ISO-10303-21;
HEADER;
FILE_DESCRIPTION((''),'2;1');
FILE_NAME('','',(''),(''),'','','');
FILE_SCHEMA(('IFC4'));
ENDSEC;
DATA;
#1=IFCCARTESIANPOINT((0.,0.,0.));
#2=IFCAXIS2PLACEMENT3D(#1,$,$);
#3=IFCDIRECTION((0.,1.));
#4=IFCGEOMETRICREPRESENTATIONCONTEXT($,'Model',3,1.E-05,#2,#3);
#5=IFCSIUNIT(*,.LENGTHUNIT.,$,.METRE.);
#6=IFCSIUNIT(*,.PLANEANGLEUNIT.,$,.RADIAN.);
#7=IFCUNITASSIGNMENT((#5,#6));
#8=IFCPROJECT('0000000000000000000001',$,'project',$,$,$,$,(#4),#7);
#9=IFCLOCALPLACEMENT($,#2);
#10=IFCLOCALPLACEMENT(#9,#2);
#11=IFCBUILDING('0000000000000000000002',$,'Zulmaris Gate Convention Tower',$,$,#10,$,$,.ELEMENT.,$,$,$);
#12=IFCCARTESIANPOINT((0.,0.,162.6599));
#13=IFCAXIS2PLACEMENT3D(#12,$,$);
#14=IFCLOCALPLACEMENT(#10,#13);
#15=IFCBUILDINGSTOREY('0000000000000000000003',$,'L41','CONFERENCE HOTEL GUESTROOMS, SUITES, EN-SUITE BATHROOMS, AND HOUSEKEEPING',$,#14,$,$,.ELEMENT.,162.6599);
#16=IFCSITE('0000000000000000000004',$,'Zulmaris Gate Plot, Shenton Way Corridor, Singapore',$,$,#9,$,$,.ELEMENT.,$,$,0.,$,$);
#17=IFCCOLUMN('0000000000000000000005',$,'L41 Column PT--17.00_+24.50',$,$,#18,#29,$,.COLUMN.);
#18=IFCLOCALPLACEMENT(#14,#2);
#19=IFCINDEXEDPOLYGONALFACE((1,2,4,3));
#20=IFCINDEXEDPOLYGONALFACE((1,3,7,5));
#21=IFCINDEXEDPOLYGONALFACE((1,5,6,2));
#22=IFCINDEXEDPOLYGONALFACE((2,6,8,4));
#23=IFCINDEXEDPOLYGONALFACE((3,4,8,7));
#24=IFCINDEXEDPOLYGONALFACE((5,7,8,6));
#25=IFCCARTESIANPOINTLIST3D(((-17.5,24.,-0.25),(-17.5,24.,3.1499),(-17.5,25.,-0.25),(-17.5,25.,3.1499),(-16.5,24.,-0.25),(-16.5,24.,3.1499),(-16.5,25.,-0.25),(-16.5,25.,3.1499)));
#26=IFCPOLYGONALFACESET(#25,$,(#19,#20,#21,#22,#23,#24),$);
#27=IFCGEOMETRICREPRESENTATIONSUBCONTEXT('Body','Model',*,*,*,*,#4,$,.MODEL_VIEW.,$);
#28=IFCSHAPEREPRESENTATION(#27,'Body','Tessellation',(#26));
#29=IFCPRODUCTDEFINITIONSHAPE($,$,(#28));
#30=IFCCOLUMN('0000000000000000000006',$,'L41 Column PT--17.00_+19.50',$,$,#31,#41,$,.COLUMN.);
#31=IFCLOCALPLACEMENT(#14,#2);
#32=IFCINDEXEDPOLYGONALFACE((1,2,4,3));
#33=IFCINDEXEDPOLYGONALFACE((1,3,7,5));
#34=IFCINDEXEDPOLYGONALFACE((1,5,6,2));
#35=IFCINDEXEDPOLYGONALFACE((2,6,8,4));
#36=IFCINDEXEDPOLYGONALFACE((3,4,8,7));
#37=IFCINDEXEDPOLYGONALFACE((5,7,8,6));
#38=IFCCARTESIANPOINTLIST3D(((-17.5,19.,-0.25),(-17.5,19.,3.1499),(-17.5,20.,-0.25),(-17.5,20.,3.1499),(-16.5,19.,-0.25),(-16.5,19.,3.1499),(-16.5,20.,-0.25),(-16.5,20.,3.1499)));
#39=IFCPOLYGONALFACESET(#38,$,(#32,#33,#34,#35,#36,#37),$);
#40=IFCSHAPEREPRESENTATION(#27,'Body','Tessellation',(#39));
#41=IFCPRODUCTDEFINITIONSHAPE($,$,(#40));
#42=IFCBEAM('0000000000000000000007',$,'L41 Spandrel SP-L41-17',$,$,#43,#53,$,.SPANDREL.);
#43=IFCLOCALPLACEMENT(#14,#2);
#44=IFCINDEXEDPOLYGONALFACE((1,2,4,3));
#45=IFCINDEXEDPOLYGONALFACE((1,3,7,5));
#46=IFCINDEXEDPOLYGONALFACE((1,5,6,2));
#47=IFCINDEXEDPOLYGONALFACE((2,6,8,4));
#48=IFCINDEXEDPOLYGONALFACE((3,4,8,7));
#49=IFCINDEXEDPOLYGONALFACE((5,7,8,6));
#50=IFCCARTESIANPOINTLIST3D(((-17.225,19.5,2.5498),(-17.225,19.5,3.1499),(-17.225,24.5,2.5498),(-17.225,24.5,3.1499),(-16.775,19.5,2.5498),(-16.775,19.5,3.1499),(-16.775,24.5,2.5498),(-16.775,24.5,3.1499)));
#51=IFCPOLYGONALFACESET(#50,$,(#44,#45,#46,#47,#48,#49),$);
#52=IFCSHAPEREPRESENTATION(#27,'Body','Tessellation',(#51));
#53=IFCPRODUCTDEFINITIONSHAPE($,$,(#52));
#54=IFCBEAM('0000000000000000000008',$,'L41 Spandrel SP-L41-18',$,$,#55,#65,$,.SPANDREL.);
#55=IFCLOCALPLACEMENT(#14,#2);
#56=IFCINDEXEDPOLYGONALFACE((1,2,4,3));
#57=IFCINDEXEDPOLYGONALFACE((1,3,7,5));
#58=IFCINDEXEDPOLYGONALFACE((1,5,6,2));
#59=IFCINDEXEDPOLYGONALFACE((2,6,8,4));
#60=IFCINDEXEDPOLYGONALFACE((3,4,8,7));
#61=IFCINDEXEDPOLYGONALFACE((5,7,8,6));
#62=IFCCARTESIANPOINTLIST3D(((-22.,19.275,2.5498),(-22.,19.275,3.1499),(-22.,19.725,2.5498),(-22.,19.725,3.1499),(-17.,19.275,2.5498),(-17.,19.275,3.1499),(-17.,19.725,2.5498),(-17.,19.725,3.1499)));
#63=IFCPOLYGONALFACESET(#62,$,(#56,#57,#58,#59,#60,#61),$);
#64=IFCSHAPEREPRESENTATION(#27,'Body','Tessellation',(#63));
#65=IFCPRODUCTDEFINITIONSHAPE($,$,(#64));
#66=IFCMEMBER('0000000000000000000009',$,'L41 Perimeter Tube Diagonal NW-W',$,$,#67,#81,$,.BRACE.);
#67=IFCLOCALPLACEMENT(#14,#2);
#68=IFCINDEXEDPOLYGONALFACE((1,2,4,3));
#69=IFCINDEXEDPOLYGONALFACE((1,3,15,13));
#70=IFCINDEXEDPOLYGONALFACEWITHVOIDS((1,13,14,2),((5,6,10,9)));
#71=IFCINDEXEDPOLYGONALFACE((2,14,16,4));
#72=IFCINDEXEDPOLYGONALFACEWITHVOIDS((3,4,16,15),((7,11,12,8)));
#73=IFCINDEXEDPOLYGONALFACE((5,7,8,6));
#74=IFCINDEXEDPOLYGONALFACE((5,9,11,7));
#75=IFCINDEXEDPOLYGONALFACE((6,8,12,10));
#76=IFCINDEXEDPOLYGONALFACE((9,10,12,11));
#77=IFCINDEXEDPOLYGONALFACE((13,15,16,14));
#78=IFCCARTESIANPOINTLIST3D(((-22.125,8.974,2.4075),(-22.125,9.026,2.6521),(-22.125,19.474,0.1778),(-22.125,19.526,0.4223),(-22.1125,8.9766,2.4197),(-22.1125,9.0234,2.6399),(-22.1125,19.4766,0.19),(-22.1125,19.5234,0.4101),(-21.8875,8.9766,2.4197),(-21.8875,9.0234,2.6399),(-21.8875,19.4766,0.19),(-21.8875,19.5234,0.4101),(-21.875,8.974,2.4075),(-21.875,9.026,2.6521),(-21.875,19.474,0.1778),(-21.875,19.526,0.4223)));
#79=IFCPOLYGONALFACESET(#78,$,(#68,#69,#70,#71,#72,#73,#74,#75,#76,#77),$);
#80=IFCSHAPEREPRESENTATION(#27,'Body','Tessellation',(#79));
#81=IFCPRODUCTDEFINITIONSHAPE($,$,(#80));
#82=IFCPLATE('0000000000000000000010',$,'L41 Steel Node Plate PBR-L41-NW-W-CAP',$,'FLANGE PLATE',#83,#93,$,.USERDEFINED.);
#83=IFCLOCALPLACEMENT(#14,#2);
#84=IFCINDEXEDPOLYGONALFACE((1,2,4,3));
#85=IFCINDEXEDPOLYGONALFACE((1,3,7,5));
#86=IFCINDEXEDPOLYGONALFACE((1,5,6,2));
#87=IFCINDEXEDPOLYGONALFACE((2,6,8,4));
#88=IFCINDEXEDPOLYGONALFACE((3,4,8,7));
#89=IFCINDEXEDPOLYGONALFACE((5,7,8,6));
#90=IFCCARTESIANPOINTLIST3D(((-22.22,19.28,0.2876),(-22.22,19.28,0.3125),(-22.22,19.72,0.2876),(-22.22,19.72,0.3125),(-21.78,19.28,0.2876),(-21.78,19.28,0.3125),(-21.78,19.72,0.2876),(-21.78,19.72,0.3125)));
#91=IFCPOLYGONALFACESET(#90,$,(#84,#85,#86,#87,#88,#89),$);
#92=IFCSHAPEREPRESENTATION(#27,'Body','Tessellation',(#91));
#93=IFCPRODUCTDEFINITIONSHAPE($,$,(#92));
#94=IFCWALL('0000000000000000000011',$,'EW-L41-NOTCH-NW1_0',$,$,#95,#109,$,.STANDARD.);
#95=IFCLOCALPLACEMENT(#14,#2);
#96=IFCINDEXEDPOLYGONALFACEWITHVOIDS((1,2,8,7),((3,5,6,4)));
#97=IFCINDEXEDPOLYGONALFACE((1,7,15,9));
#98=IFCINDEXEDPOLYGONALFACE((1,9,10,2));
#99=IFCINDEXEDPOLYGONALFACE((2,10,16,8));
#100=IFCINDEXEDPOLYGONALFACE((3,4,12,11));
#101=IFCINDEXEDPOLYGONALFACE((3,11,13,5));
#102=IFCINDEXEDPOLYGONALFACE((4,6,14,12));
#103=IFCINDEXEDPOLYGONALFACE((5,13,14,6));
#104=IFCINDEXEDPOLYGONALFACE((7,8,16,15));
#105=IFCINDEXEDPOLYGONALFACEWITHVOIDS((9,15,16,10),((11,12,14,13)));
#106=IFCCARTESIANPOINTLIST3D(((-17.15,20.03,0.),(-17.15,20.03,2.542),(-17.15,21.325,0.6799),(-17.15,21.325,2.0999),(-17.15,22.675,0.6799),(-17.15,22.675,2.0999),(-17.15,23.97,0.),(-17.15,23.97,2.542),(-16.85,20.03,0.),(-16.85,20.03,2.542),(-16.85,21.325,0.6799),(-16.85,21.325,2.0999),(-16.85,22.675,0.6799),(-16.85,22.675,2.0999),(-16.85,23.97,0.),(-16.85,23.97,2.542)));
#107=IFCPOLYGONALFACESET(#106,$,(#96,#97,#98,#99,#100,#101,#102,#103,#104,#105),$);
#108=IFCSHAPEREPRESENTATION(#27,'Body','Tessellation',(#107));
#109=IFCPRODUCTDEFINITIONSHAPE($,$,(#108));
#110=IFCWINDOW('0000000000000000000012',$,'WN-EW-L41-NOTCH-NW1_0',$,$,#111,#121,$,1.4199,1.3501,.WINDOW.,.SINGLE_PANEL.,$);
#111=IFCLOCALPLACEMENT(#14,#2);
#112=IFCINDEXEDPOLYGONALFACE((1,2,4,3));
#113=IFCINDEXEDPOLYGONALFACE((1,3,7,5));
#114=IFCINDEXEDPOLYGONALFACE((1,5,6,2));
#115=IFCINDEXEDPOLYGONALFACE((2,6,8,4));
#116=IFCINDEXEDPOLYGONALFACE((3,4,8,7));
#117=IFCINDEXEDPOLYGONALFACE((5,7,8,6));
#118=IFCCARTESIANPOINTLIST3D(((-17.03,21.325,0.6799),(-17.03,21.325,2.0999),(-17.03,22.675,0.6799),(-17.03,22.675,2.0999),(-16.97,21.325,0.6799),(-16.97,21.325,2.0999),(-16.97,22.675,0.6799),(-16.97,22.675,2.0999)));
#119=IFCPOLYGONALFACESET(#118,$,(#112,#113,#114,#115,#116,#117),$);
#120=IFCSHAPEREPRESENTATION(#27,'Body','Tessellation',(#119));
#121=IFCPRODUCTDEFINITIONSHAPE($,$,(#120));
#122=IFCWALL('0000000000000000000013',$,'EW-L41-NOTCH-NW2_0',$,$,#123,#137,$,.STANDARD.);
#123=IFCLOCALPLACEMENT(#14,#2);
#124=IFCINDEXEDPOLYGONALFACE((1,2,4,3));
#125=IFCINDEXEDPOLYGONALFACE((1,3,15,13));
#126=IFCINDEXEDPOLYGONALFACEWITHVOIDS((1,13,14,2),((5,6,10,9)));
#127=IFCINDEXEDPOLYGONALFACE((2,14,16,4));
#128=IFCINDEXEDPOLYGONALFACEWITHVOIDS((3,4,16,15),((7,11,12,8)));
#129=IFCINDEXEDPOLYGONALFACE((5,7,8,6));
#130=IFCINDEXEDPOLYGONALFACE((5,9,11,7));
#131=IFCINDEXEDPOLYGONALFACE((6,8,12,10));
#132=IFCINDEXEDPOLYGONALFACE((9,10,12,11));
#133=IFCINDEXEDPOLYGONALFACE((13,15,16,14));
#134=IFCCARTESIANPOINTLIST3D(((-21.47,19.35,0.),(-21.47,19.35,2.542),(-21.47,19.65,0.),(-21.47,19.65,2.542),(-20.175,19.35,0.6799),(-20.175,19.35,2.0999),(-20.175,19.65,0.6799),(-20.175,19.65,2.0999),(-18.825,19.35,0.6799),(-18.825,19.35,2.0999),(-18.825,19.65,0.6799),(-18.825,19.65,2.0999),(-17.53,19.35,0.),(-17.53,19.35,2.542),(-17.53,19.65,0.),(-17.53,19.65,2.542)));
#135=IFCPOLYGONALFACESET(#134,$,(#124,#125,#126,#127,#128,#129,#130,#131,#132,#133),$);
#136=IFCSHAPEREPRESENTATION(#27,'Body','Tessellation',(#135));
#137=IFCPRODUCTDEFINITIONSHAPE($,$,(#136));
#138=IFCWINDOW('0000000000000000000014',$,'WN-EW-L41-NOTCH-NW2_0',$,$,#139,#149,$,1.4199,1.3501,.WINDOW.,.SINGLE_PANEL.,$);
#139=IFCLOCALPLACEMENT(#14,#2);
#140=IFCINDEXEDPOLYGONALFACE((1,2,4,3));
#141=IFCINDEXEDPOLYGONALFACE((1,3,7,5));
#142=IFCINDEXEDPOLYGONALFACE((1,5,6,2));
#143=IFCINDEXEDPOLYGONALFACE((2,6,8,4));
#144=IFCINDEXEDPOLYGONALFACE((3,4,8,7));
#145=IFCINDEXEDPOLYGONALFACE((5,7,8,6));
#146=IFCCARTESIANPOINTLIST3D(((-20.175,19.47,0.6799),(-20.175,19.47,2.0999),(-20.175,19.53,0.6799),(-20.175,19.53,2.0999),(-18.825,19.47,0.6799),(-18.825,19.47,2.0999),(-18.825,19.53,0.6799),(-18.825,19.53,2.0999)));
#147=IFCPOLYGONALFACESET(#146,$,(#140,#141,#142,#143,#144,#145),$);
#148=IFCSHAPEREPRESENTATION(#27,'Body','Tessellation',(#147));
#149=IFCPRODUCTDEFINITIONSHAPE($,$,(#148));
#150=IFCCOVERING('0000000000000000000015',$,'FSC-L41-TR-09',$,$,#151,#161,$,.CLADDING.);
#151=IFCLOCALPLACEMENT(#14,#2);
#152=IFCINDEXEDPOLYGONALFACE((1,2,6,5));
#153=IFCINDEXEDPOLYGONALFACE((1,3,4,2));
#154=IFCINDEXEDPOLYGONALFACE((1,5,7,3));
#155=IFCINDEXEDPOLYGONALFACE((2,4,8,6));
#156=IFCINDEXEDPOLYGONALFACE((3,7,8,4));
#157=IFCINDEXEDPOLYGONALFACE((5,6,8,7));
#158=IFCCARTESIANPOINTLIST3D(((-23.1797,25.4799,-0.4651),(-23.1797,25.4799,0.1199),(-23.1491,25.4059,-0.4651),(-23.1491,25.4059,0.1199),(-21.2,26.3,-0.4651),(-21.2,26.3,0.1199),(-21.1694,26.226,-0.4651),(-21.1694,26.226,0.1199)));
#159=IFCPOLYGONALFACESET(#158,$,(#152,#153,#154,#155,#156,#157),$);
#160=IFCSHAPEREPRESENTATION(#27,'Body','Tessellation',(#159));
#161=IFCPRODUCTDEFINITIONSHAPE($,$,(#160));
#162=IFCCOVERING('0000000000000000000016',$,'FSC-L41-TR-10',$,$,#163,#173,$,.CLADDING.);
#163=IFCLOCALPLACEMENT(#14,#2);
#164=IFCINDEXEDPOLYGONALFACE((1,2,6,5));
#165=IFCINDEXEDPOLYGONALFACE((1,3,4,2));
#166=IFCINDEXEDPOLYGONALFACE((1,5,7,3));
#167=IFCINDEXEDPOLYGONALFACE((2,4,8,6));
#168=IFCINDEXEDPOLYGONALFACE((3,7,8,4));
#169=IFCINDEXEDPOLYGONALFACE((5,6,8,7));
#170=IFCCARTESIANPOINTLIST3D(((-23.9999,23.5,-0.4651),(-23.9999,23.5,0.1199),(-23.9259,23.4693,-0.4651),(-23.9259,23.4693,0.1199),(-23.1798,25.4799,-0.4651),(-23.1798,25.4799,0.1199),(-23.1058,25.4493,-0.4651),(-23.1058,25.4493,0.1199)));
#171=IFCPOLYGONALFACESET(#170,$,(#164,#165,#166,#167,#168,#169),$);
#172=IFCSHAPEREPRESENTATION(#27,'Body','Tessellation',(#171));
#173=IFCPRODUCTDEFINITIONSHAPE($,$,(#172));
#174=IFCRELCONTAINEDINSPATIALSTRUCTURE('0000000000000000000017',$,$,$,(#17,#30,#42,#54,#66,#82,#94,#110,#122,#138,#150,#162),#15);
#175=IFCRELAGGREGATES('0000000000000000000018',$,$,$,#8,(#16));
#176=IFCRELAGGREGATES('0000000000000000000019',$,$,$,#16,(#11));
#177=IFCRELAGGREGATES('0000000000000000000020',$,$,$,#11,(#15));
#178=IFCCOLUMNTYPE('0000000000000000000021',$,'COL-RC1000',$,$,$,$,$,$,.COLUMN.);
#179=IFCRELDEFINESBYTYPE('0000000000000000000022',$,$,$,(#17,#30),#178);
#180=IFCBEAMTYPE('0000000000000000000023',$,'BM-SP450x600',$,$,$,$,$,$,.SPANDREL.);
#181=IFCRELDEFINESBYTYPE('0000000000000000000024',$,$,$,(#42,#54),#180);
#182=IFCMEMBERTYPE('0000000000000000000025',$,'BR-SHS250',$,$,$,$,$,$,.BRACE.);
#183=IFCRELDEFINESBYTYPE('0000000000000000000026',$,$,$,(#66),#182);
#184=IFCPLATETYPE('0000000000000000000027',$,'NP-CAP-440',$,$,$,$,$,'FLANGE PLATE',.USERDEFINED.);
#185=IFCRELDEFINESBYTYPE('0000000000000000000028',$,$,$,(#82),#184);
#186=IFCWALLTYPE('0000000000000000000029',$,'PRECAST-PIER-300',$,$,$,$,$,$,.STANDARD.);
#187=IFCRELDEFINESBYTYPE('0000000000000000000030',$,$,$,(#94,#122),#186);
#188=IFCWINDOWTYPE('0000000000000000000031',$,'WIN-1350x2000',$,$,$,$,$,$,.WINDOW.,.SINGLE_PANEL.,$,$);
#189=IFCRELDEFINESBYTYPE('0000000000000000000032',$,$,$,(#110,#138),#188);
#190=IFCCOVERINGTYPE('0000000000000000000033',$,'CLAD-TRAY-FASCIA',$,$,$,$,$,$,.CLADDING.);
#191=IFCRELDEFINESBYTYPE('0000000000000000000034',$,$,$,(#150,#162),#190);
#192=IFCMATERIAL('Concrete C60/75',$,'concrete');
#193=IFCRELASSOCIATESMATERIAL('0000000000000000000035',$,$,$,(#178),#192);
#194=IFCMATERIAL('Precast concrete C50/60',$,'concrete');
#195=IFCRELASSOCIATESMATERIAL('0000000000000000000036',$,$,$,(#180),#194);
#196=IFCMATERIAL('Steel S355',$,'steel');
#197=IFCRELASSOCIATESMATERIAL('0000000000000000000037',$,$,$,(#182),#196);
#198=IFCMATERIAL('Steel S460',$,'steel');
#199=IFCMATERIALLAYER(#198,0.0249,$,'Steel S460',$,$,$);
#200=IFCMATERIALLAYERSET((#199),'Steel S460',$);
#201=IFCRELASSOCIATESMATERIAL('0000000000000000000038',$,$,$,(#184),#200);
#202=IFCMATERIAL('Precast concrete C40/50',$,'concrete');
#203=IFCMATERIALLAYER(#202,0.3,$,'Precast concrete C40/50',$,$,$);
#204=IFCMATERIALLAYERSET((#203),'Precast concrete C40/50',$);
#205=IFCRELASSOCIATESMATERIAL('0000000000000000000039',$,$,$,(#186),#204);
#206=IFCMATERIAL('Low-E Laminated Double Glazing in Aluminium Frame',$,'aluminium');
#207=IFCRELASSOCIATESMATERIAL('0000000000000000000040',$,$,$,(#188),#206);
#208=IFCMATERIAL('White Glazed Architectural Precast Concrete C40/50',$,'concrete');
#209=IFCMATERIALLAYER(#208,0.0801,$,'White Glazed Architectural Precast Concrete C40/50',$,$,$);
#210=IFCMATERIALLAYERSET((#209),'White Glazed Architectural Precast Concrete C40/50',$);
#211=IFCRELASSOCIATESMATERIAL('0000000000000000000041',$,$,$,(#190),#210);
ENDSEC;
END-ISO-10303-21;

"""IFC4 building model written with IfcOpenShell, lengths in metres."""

from ifc_helpers import new_model, si_unit, direction, frame, frame_2d, origin, origin_2d, place, context, subcontext, project, spatial, rectangle, hollow_rectangle, extrude, material, layer, layer_set, material_profile, profile_set, type_object, element, fill, save


model = new_model("IFC4")

# Units and contexts
model_context = context("Model", 3, precision=1e-05, world=origin(), true_north=direction((0.0, 1.0)))
body_context = subcontext(model_context, "Body", "Model", "MODEL_VIEW")
ifc_project = project(units=[si_unit("LENGTHUNIT", "METRE"), si_unit("PLANEANGLEUNIT", "RADIAN")], contexts=[model_context])

# Site, building, storey
site_placement = place(None, origin())
site = spatial("IfcSite", under=ifc_project, at=site_placement, Name="Zulmaris Gate Plot, Shenton Way Corridor, Singapore", CompositionType="ELEMENT", RefElevation=0.0)
building_placement = place(site_placement, origin())
building = spatial("IfcBuilding", under=site, at=building_placement, Name="Zulmaris Gate Convention Tower", CompositionType="ELEMENT")
storey_placement = place(building_placement, frame((0.0, 0.0, 162.6599)))
storey = spatial("IfcBuildingStorey", under=building, at=storey_placement, Name="L41", Description="CONFERENCE HOTEL GUESTROOMS, SUITES, EN-SUITE BATHROOMS, AND HOUSEKEEPING", CompositionType="ELEMENT", Elevation=162.6599)

# Columns
ifc_material_1 = material(Name="Concrete C60/75", Category="concrete")
ifc_material_profile_1 = material_profile(ifc_material_1, rectangle(XDim=1.0, YDim=1.0, at=origin_2d()), Name="RC COL 1000x1000")
ifc_profile_set_1 = profile_set([ifc_material_profile_1], Name="Concrete C60/75")
column_type = type_object("IfcColumnType", Name="COL-RC1000", PredefinedType="COLUMN", material=ifc_profile_set_1)
for number, where, z_axis, x_axis, name in (
    (1, (-17.0, 24.5, -0.25), (0.0, 0.0, 1.0), (1.0, 0.0, 0.0), "L41 Column PT--17.00_+24.50"),
    (2, (-17.0, 19.5, -0.25), (0.0, 0.0, 1.0), (1.0, 0.0, 0.0), "L41 Column PT--17.00_+19.50"),
):
    element("IfcColumn", number, at=place(storey_placement, frame(where, z_axis=z_axis, x_axis=x_axis)), inside=storey, type_object=column_type, Name=name, PredefinedType="COLUMN", context=body_context, shape_type="SweptSolid", body=[
        extrude(rectangle(XDim=1.0, YDim=1.0, at=origin_2d()), origin(), (0.0, 0.0, 1.0), 3.3999),
    ])

# Beams
ifc_material_2 = material(Name="Precast concrete C50/60", Category="concrete")
ifc_material_profile_2 = material_profile(ifc_material_2, rectangle(XDim=0.45, YDim=0.6001, at=origin_2d()), Name="RC SPANDREL 450x600")
ifc_profile_set_2 = profile_set([ifc_material_profile_2], Name="Precast concrete C50/60")
beam_type = type_object("IfcBeamType", Name="BM-SP450x600", PredefinedType="SPANDREL", material=ifc_profile_set_2)
for number, where, z_axis, x_axis, name in (
    (3, (-17.0, 24.5, 2.8499), (0.0, -1.0, 0.0), (1.0, 0.0, 0.0), "L41 Spandrel SP-L41-17"),
    (4, (-17.0, 19.5, 2.8499), (-1.0, 0.0, 0.0), (0.0, -1.0, 0.0), "L41 Spandrel SP-L41-18"),
):
    element("IfcBeam", number, at=place(storey_placement, frame(where, z_axis=z_axis, x_axis=x_axis)), inside=storey, type_object=beam_type, Name=name, PredefinedType="SPANDREL", context=body_context, shape_type="SweptSolid", body=[
        extrude(rectangle(XDim=0.45, YDim=0.6001, at=origin_2d()), origin(), (0.0, 0.0, 1.0), 5.0),
    ])

# Member
ifc_material_3 = material(Name="Steel S355", Category="steel")
ifc_material_profile_3 = material_profile(ifc_material_3, hollow_rectangle(XDim=0.25, YDim=0.25, WallThickness=0.0125, at=origin_2d()), Name="SHS 250x250x12.5")
ifc_profile_set_3 = profile_set([ifc_material_profile_3], Name="Steel S355")
member_type = type_object("IfcMemberType", Name="BR-SHS250", PredefinedType="BRACE", material=ifc_profile_set_3)
member_placement = place(storey_placement, frame((-22.0, 19.5, 0.3), z_axis=(0.0, -0.978188, 0.207724), x_axis=(1.0, 0.0, 0.0)))
element("IfcMember", 5, at=member_placement, inside=storey, type_object=member_type, Name="L41 Perimeter Tube Diagonal NW-W", PredefinedType="BRACE", context=body_context, shape_type="SweptSolid", body=[
    extrude(hollow_rectangle(XDim=0.25, YDim=0.25, WallThickness=0.0125, at=origin_2d()), origin(), (0.0, 0.0, 1.0), 10.7341),
])

# Plate
ifc_material_4 = material(Name="Steel S460", Category="steel")
ifc_layer_1 = layer(ifc_material_4, 0.0249, Name="Steel S460")
ifc_layer_set_1 = layer_set([ifc_layer_1], Name="Steel S460")
plate_type = type_object("IfcPlateType", Name="NP-CAP-440", ElementType="FLANGE PLATE", PredefinedType="USERDEFINED", material=ifc_layer_set_1)
plate_placement = place(storey_placement, frame((-22.0, 19.5, 0.2876), z_axis=(0.0, 0.0, 1.0), x_axis=(1.0, 0.0, 0.0)))
element("IfcPlate", 6, at=plate_placement, inside=storey, type_object=plate_type, Name="L41 Steel Node Plate PBR-L41-NW-W-CAP", ObjectType="FLANGE PLATE", PredefinedType="USERDEFINED", context=body_context, shape_type="SweptSolid", body=[
    extrude(rectangle(XDim=0.4399, YDim=0.4399, at=origin_2d()), origin(), (0.0, 0.0, 1.0), 0.0249),
])

# Walls, openings, windows
ifc_material_5 = material(Name="Precast concrete C40/50", Category="concrete")
ifc_layer_2 = layer(ifc_material_5, 0.3, Name="Precast concrete C40/50")
ifc_layer_set_2 = layer_set([ifc_layer_2], Name="Precast concrete C40/50")
wall_type = type_object("IfcWallType", Name="PRECAST-PIER-300", PredefinedType="STANDARD", material=ifc_layer_set_2)
wall_1_placement = place(storey_placement, frame((-17.0, 23.97, 0.0), z_axis=(0.0, 0.0, 1.0), x_axis=(0.0, -1.0, 0.0)))
wall_1 = element("IfcWall", 7, at=wall_1_placement, inside=storey, type_object=wall_type, Name="EW-L41-NOTCH-NW1_0", PredefinedType="STANDARD", context=body_context, shape_type="SweptSolid", body=[
    extrude(rectangle(XDim=3.9399, YDim=0.3, at=frame_2d((1.97, 0.0))), origin(), (0.0, 0.0, 1.0), 2.542),
])
opening_1_placement = place(wall_1_placement, frame((1.2949, 0.0, 0.6799)))
opening_1 = element("IfcOpeningElement", 8, at=opening_1_placement, cuts=wall_1, PredefinedType="OPENING", context=body_context, shape_type="SweptSolid", body=[
    extrude(rectangle(XDim=1.3501, YDim=1.4199, at=frame_2d((0.675, 0.71))), frame((0.0, 0.1602, 0.0), z_axis=(0.0, -1.0, 0.0), x_axis=(1.0, 0.0, 0.0)), (0.0, 0.0, 1.0), 0.3201),
])
ifc_material_6 = material(Name="Low-E Laminated Double Glazing in Aluminium Frame", Category="aluminium")
window_type = type_object("IfcWindowType", Name="WIN-1350x2000", PartitioningType="SINGLE_PANEL", PredefinedType="WINDOW", material=ifc_material_6)
window_1_placement = place(opening_1_placement, origin())
window_1 = element("IfcWindow", 9, at=window_1_placement, inside=storey, type_object=window_type, Name="WN-EW-L41-NOTCH-NW1_0", OverallHeight=1.4199, OverallWidth=1.3501, PartitioningType="SINGLE_PANEL", PredefinedType="WINDOW", context=body_context, shape_type="SweptSolid", body=[
    extrude(rectangle(XDim=1.3501, YDim=1.4199, at=frame_2d((0.675, 0.71))), frame((0.0, 0.03, 0.0), z_axis=(0.0, -1.0, 0.0), x_axis=(1.0, 0.0, 0.0)), (0.0, 0.0, 1.0), 0.0601),
])
fill(opening_1, window_1)
wall_2_placement = place(storey_placement, frame((-17.53, 19.5, 0.0), z_axis=(0.0, 0.0, 1.0), x_axis=(-1.0, 0.0, 0.0)))
wall_2 = element("IfcWall", 10, at=wall_2_placement, inside=storey, type_object=wall_type, Name="EW-L41-NOTCH-NW2_0", PredefinedType="STANDARD", context=body_context, shape_type="SweptSolid", body=[
    extrude(rectangle(XDim=3.9399, YDim=0.3, at=frame_2d((1.97, 0.0))), origin(), (0.0, 0.0, 1.0), 2.542),
])
opening_2_placement = place(wall_2_placement, frame((1.2949, 0.0, 0.6799)))
opening_2 = element("IfcOpeningElement", 11, at=opening_2_placement, cuts=wall_2, PredefinedType="OPENING", context=body_context, shape_type="SweptSolid", body=[
    extrude(rectangle(XDim=1.3501, YDim=1.4199, at=frame_2d((0.675, 0.71))), frame((0.0, 0.1602, 0.0), z_axis=(0.0, -1.0, 0.0), x_axis=(1.0, 0.0, 0.0)), (0.0, 0.0, 1.0), 0.3201),
])
window_2_placement = place(opening_2_placement, origin())
window_2 = element("IfcWindow", 12, at=window_2_placement, inside=storey, type_object=window_type, Name="WN-EW-L41-NOTCH-NW2_0", OverallHeight=1.4199, OverallWidth=1.3501, PartitioningType="SINGLE_PANEL", PredefinedType="WINDOW", context=body_context, shape_type="SweptSolid", body=[
    extrude(rectangle(XDim=1.3501, YDim=1.4199, at=frame_2d((0.675, 0.71))), frame((0.0, 0.03, 0.0), z_axis=(0.0, -1.0, 0.0), x_axis=(1.0, 0.0, 0.0)), (0.0, 0.0, 1.0), 0.0601),
])
fill(opening_2, window_2)

# Coverings
ifc_material_7 = material(Name="White Glazed Architectural Precast Concrete C40/50", Category="concrete")
ifc_layer_3 = layer(ifc_material_7, 0.0801, Name="White Glazed Architectural Precast Concrete C40/50")
ifc_layer_set_3 = layer_set([ifc_layer_3], Name="White Glazed Architectural Precast Concrete C40/50")
covering_type = type_object("IfcCoveringType", Name="CLAD-TRAY-FASCIA", PredefinedType="CLADDING", material=ifc_layer_set_3)
covering_1_placement = place(storey_placement, frame((-21.1848, 26.2629, -0.4651), z_axis=(0.0, 0.0, 1.0), x_axis=(-0.923874, -0.382697, 0.0)))
element("IfcCovering", 13, at=covering_1_placement, inside=storey, type_object=covering_type, Name="FSC-L41-TR-09", PredefinedType="CLADDING", context=body_context, shape_type="SweptSolid", body=[
    extrude(rectangle(XDim=2.1428, YDim=0.0801, at=frame_2d((1.0713, 0.0))), origin(), (0.0, 0.0, 1.0), 0.585),
])
covering_2_placement = place(storey_placement, frame((-23.1428, 25.4646, -0.4651), z_axis=(0.0, 0.0, 1.0), x_axis=(-0.382657, -0.92389, 0.0)))
element("IfcCovering", 14, at=covering_2_placement, inside=storey, type_object=covering_type, Name="FSC-L41-TR-10", PredefinedType="CLADDING", context=body_context, shape_type="SweptSolid", body=[
    extrude(rectangle(XDim=2.1431, YDim=0.0801, at=frame_2d((1.0715, 0.0))), origin(), (0.0, 0.0, 1.0), 0.585),
])

save(model, "model.ifc")
